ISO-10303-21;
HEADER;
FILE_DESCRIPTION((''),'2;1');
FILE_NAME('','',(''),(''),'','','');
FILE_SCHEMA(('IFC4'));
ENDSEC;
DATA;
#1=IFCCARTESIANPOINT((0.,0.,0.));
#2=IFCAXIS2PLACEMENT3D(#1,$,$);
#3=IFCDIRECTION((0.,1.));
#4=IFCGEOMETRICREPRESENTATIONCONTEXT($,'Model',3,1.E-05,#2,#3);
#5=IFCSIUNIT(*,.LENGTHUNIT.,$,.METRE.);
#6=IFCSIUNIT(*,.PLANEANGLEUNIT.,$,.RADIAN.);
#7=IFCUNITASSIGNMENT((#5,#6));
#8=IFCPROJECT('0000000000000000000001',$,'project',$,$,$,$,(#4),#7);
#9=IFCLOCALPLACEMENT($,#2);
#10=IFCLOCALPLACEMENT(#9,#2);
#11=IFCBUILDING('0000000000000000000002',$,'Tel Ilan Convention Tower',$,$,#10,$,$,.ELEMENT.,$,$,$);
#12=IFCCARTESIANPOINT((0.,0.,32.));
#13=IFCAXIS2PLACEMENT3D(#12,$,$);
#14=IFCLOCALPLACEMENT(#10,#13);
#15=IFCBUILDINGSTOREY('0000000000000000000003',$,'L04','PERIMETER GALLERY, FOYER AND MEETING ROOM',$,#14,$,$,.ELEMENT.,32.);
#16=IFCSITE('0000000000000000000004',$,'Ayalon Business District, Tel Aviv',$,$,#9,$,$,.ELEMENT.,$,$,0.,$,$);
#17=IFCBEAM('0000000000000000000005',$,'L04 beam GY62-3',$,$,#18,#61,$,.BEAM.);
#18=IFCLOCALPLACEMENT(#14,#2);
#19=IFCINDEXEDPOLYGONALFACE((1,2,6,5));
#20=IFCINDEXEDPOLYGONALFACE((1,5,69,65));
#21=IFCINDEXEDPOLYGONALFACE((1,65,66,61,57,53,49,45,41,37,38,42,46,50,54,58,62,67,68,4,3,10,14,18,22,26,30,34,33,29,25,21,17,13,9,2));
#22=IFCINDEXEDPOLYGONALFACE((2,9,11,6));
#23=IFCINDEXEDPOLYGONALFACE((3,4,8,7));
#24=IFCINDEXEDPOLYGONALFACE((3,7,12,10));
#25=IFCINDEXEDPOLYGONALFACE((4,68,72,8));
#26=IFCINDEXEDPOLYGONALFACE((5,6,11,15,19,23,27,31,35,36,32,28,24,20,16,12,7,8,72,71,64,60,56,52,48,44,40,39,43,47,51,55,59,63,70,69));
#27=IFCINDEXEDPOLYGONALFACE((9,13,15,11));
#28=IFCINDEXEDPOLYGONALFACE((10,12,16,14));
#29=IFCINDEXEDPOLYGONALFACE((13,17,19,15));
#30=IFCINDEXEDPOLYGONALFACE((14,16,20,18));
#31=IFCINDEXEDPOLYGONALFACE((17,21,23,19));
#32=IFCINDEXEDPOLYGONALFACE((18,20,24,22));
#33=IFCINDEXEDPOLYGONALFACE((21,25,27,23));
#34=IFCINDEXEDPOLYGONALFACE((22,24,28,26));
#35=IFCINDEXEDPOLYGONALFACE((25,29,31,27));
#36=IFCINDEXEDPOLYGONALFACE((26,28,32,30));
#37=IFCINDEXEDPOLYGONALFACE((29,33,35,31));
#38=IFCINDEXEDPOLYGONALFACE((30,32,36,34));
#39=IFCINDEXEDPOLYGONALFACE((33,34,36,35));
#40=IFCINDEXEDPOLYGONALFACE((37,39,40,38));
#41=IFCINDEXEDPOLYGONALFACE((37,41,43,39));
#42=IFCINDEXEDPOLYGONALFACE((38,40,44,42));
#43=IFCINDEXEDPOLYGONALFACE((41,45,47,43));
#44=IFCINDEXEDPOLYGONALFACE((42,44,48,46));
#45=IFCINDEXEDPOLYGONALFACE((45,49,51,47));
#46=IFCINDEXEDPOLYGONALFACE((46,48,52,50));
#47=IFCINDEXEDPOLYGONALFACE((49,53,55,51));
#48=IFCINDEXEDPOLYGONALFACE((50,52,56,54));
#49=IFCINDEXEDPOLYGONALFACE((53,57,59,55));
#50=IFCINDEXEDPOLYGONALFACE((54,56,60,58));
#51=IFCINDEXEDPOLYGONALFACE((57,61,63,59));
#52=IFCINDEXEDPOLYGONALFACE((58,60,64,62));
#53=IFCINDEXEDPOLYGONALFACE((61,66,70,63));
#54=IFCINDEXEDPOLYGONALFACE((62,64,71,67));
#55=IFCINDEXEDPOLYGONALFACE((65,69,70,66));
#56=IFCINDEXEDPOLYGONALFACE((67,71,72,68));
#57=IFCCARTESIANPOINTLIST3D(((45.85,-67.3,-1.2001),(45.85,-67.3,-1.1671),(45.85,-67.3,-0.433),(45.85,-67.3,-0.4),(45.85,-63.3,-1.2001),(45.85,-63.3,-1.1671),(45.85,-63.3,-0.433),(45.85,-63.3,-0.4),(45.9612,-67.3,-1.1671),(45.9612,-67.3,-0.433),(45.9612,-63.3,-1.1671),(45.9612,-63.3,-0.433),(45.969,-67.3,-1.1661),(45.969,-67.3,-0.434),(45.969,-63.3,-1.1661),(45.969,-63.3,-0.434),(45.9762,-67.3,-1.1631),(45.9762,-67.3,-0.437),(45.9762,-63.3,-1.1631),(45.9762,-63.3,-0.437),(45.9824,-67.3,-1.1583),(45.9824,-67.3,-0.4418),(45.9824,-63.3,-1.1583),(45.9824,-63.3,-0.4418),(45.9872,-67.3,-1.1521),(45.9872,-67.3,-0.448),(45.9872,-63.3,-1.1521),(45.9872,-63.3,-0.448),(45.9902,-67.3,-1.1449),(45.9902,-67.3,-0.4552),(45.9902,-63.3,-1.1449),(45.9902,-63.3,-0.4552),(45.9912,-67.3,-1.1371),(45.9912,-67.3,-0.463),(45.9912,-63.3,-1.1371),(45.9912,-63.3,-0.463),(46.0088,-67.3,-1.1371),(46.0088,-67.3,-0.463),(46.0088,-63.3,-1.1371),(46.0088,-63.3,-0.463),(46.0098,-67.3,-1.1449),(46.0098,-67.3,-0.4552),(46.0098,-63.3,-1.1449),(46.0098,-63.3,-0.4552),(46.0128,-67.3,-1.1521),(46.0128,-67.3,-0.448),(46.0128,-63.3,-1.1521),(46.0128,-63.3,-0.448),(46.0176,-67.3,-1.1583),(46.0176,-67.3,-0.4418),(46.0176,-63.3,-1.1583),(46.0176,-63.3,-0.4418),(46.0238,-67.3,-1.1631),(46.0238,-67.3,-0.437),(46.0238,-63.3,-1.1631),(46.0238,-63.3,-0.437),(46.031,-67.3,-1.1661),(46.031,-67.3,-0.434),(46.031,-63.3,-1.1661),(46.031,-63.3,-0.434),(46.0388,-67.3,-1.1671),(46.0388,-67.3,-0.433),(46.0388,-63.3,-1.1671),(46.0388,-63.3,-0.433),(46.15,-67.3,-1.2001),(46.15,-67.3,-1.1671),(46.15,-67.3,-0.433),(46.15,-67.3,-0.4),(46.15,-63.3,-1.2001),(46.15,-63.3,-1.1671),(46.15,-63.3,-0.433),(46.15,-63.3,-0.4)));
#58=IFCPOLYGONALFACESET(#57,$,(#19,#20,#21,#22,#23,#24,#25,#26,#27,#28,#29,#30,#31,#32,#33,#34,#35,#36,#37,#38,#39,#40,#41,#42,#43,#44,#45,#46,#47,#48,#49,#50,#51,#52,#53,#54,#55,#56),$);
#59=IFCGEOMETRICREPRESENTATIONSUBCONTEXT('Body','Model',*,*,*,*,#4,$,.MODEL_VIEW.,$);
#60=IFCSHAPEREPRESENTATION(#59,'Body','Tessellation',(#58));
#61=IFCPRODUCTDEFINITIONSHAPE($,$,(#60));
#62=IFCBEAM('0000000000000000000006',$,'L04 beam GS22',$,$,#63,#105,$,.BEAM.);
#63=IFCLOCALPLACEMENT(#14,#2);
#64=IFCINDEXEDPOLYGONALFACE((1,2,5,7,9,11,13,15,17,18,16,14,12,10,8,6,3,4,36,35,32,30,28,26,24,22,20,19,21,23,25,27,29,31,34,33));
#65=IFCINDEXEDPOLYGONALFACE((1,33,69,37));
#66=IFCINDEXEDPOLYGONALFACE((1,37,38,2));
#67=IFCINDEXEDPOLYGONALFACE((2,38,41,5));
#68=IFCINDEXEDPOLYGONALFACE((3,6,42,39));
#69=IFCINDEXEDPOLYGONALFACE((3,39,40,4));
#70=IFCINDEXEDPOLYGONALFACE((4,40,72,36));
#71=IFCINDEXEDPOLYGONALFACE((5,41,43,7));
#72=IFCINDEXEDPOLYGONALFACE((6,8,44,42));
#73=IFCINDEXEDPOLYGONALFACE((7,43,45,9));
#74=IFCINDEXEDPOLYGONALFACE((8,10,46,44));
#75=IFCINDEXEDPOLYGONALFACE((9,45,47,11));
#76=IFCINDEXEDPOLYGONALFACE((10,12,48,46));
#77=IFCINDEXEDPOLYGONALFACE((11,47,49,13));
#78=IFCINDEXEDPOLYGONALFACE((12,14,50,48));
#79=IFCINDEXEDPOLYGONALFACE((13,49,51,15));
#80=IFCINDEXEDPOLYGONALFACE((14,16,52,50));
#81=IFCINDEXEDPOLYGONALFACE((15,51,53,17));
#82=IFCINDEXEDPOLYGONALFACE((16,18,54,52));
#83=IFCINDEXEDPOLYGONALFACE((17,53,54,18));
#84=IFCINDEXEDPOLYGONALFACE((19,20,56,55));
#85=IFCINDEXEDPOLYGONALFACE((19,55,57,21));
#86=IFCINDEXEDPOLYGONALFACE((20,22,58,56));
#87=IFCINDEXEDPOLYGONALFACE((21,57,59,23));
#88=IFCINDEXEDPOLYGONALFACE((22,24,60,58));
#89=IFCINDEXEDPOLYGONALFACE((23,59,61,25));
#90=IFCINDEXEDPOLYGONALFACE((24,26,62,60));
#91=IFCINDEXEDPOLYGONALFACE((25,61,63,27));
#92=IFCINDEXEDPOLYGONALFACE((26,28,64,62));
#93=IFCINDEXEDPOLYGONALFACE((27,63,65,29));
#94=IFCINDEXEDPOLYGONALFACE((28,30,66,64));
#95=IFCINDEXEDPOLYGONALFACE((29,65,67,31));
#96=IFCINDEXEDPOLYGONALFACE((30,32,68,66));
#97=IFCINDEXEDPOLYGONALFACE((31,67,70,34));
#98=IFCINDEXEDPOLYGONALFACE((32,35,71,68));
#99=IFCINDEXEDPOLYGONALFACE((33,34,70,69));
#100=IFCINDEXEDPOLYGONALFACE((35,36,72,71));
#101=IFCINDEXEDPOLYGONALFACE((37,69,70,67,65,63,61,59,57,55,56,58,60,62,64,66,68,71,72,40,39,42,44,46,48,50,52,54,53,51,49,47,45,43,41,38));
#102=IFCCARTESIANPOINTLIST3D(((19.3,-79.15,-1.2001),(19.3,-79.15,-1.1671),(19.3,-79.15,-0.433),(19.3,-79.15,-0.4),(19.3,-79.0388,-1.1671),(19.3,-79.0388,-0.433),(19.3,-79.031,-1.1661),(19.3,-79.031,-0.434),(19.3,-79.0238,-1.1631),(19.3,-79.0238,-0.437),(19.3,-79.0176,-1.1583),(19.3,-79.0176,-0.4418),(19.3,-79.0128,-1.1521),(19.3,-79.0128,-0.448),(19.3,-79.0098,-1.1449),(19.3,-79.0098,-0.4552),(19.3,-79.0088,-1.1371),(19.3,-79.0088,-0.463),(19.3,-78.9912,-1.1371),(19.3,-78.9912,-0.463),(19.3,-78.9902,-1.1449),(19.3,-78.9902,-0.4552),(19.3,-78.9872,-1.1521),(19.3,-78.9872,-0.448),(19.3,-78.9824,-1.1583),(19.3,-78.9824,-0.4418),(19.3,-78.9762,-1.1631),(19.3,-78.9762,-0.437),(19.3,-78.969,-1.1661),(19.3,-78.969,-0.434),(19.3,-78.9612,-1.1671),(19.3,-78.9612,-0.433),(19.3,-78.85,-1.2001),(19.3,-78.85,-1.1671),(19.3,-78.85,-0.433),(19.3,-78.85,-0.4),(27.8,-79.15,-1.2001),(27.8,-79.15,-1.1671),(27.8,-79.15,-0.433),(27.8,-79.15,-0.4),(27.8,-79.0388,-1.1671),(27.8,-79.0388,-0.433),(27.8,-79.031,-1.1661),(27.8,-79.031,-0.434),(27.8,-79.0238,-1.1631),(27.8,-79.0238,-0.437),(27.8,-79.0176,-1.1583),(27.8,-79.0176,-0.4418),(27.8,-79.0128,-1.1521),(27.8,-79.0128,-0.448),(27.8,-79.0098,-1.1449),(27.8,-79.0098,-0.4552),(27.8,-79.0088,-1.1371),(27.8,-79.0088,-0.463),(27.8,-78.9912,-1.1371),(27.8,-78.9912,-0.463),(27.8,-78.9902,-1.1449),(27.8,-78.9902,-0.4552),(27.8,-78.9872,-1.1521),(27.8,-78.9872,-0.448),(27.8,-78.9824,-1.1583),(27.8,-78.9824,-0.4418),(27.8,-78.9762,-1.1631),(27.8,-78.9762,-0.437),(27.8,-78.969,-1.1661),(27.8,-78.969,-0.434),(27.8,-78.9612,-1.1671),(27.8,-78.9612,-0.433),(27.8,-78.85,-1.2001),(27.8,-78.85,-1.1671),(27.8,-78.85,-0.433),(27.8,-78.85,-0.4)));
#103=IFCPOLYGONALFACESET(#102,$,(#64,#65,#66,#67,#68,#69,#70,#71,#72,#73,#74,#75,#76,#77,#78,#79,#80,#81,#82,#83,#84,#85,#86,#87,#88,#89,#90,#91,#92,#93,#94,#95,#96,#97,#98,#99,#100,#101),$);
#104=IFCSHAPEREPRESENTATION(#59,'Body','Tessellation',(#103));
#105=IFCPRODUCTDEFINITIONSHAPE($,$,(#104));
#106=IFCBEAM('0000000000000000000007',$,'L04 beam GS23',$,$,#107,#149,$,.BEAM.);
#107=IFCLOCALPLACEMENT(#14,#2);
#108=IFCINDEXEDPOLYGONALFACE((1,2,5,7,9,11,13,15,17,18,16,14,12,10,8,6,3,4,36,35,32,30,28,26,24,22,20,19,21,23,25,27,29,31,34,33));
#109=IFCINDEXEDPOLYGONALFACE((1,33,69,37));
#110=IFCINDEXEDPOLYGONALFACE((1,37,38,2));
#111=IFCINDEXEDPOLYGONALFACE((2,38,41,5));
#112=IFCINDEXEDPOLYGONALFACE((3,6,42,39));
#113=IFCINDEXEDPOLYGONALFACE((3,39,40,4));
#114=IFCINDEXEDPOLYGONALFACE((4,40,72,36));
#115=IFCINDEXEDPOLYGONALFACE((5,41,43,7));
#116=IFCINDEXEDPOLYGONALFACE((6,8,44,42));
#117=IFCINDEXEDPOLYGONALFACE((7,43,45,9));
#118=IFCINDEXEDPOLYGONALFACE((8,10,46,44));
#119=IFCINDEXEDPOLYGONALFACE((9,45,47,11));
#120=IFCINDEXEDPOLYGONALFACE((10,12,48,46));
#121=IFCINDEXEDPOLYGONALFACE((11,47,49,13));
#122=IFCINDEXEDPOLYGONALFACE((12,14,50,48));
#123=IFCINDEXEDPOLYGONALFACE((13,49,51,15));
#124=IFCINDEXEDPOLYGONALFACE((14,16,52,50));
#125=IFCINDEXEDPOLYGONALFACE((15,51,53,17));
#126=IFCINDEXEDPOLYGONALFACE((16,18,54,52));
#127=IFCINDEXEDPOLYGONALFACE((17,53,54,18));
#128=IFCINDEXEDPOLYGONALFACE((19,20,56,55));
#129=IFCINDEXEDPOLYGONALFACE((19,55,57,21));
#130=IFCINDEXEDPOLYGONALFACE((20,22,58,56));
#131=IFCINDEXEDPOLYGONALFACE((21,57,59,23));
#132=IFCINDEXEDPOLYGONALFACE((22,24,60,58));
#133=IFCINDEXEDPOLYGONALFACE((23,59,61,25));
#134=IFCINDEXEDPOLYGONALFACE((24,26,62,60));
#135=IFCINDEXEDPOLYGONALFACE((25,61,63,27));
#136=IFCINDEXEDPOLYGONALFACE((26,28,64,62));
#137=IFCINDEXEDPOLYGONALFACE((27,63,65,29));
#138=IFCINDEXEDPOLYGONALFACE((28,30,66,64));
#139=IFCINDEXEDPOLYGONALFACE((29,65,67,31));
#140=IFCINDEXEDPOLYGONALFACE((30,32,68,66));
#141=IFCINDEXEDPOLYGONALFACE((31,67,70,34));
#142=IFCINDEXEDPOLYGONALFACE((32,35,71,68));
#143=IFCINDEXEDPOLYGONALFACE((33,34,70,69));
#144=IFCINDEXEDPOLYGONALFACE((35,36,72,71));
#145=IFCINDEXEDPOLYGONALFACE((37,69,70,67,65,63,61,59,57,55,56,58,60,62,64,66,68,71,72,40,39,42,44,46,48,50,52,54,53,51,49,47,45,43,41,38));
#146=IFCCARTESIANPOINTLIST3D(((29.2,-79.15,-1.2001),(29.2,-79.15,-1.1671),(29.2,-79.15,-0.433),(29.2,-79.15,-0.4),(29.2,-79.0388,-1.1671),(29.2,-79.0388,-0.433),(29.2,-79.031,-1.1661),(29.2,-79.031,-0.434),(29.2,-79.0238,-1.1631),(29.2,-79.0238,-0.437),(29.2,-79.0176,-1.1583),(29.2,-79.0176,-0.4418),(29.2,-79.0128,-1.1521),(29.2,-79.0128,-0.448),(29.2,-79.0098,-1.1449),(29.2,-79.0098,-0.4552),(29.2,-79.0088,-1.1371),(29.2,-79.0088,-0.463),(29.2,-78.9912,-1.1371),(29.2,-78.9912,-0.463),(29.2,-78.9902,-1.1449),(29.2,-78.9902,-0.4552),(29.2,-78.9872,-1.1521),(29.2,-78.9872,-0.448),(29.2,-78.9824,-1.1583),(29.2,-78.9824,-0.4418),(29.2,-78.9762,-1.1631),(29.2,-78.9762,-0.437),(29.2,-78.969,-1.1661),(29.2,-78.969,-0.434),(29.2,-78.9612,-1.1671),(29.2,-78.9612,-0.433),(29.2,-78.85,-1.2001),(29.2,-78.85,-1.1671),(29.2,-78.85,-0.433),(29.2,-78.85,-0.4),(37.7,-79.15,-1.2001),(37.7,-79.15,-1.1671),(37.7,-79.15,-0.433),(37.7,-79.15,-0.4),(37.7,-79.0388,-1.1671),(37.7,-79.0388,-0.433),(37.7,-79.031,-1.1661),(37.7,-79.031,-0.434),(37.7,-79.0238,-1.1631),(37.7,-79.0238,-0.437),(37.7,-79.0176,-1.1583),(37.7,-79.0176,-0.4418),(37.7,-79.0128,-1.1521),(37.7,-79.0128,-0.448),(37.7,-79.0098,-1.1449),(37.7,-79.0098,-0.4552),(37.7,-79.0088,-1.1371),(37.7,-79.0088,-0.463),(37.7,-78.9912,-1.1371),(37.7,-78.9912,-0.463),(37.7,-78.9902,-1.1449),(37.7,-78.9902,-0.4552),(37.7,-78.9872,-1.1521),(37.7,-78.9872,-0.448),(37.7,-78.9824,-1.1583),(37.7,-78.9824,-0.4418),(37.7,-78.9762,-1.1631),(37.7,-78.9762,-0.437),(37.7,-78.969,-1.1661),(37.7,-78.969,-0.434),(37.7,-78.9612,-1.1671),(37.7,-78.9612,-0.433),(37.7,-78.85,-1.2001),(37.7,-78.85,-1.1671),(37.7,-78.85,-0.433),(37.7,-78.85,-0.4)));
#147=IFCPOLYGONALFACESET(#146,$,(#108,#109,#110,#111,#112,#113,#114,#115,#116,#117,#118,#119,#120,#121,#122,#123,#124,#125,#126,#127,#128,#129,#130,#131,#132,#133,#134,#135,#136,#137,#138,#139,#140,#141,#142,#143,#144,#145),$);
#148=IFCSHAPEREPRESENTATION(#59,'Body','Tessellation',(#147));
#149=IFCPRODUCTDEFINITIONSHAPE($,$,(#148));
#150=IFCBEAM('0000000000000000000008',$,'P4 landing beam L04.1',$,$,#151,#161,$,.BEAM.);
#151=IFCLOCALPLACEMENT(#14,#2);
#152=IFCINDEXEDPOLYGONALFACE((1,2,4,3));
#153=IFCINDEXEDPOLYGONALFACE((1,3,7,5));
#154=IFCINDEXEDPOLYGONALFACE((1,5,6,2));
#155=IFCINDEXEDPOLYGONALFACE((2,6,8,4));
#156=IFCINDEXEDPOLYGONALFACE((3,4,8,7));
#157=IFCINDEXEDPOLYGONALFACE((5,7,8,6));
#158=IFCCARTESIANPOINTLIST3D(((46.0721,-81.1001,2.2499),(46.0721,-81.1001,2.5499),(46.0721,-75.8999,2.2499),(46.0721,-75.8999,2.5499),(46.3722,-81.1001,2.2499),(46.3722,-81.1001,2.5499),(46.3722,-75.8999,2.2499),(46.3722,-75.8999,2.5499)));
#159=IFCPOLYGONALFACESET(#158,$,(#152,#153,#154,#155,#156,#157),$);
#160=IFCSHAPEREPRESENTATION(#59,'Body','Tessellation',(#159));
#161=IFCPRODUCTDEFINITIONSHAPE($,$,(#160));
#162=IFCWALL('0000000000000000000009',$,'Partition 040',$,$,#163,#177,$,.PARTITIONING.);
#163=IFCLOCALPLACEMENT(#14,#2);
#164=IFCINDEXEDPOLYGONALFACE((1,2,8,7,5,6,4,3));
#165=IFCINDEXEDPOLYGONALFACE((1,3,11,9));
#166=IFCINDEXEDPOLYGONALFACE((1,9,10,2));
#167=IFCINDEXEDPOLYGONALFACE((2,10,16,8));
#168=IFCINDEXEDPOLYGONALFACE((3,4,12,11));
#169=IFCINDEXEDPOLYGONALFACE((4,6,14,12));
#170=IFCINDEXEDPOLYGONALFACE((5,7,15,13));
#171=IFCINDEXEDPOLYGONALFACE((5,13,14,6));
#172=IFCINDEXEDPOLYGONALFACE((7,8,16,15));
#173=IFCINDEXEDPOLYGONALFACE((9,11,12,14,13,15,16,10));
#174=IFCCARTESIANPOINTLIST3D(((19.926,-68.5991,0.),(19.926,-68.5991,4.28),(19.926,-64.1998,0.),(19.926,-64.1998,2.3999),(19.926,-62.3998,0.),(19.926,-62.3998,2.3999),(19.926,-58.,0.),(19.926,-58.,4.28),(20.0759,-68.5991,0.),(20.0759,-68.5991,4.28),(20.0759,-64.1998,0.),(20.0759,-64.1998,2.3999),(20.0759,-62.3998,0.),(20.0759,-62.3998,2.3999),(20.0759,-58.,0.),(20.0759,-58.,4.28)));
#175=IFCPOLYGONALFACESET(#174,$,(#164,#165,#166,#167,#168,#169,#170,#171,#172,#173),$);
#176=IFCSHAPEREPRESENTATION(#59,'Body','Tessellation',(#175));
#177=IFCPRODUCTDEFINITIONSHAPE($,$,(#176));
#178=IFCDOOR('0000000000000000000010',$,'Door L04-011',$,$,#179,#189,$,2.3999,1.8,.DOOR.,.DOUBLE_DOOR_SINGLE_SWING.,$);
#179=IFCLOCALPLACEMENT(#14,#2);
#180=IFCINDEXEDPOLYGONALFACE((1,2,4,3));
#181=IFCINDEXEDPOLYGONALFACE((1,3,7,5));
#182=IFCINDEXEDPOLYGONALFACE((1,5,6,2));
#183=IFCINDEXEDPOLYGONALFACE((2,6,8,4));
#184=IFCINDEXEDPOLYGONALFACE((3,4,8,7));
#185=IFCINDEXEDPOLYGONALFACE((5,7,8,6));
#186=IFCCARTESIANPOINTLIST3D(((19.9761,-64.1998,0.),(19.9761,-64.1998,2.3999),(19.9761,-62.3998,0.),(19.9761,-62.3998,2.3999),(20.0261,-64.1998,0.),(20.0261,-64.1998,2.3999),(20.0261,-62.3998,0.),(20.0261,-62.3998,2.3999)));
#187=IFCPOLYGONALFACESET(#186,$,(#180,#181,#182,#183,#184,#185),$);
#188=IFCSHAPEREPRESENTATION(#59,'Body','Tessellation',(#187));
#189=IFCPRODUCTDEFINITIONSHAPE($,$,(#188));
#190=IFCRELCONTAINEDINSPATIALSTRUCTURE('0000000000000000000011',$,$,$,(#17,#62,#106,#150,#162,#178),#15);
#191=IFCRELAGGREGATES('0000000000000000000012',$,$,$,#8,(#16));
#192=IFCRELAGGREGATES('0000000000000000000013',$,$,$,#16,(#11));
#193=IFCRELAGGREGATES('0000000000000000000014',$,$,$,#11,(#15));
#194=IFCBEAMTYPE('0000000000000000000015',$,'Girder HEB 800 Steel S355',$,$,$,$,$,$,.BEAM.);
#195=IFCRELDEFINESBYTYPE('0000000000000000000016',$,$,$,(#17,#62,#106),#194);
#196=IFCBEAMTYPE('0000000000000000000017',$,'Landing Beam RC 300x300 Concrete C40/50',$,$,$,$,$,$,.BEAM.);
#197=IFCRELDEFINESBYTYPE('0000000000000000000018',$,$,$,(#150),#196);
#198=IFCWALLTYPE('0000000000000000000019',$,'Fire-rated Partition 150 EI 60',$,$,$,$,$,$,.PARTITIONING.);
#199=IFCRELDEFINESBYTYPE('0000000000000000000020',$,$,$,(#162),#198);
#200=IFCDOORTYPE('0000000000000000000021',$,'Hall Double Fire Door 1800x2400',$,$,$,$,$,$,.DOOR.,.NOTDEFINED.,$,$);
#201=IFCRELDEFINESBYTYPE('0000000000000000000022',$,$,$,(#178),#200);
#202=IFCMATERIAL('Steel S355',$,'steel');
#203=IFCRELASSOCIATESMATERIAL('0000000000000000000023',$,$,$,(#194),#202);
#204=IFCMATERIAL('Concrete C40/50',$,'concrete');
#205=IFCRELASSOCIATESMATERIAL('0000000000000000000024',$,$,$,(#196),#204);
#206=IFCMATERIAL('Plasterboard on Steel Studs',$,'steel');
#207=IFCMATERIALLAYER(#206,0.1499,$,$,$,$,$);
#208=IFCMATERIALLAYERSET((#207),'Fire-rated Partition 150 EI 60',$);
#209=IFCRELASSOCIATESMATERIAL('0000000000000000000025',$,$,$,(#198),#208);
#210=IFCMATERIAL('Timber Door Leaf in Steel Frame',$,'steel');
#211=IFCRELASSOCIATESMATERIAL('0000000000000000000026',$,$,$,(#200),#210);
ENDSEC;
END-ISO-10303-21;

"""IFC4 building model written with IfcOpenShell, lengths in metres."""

from ifc_helpers import new_model, si_unit, direction, frame, frame_2d, origin, origin_2d, place, context, subcontext, project, spatial, rectangle, i_section, extrude, material, layer, layer_set, material_profile, profile_set, type_object, element, fill, save


model = new_model("IFC4")

# Units and contexts
model_context = context("Model", 3, precision=1e-05, world=origin(), true_north=direction((0.0, 1.0)))
body_context = subcontext(model_context, "Body", "Model", "MODEL_VIEW")
ifc_project = project(units=[si_unit("LENGTHUNIT", "METRE"), si_unit("PLANEANGLEUNIT", "RADIAN")], contexts=[model_context])

# Site, building, storey
site_placement = place(None, origin())
site = spatial("IfcSite", under=ifc_project, at=site_placement, Name="Ayalon Business District, Tel Aviv", CompositionType="ELEMENT", RefElevation=0.0)
building_placement = place(site_placement, origin())
building = spatial("IfcBuilding", under=site, at=building_placement, Name="Tel Ilan Convention Tower", CompositionType="ELEMENT")
storey_placement = place(building_placement, frame((0.0, 0.0, 32.0)))
storey = spatial("IfcBuildingStorey", under=building, at=storey_placement, Name="L04", Description="PERIMETER GALLERY, FOYER AND MEETING ROOM", CompositionType="ELEMENT", Elevation=32.0)

# Beams
ifc_material_1 = material(Name="Steel S355", Category="steel")
ifc_material_profile_1 = material_profile(ifc_material_1, i_section(OverallWidth=0.3, OverallDepth=0.8, WebThickness=0.0176, FlangeThickness=0.033, FilletRadius=0.03, at=origin_2d()), Name="HEB 800")
ifc_profile_set_1 = profile_set([ifc_material_profile_1], Name="Steel S355")
beam_type_1 = type_object("IfcBeamType", Name="Girder HEB 800 Steel S355", PredefinedType="BEAM", material=ifc_profile_set_1)
beam_1_placement = place(storey_placement, frame((46.0, -67.3, -0.8), z_axis=(0.0, 1.0, 0.0), x_axis=(-1.0, 0.0, 0.0)))
element("IfcBeam", 1, at=beam_1_placement, inside=storey, type_object=beam_type_1, Name="L04 beam GY62-3", PredefinedType="BEAM", context=body_context, shape_type="SweptSolid", body=[
    extrude(i_section(OverallWidth=0.3, OverallDepth=0.8, WebThickness=0.0176, FlangeThickness=0.033, FilletRadius=0.03, at=origin_2d()), origin(), (0.0, 0.0, 1.0), 4.0),
])
for number, where, z_axis, x_axis, name in (
    (2, (19.3, -79.0, -0.8), (1.0, 0.0, 0.0), (0.0, 1.0, 0.0), "L04 beam GS22"),
    (3, (29.2, -79.0, -0.8), (1.0, 0.0, 0.0), (0.0, 1.0, 0.0), "L04 beam GS23"),
):
    element("IfcBeam", number, at=place(storey_placement, frame(where, z_axis=z_axis, x_axis=x_axis)), inside=storey, type_object=beam_type_1, Name=name, PredefinedType="BEAM", context=body_context, shape_type="SweptSolid", body=[
        extrude(i_section(OverallWidth=0.3, OverallDepth=0.8, WebThickness=0.0176, FlangeThickness=0.033, FilletRadius=0.03, at=origin_2d()), origin(), (0.0, 0.0, 1.0), 8.5),
    ])
ifc_material_2 = material(Name="Concrete C40/50", Category="concrete")
ifc_material_profile_2 = material_profile(ifc_material_2, rectangle(XDim=0.3, YDim=0.3, at=origin_2d()), Name="RC 300x300")
ifc_profile_set_2 = profile_set([ifc_material_profile_2], Name="Concrete C40/50")
beam_type_2 = type_object("IfcBeamType", Name="Landing Beam RC 300x300 Concrete C40/50", PredefinedType="BEAM", material=ifc_profile_set_2)
beam_2_placement = place(storey_placement, frame((46.2222, -81.1001, 2.3999), z_axis=(0.0, 1.0, 0.0), x_axis=(-1.0, 0.0, 0.0)))
element("IfcBeam", 4, at=beam_2_placement, inside=storey, type_object=beam_type_2, Name="P4 landing beam L04.1", PredefinedType="BEAM", context=body_context, shape_type="SweptSolid", body=[
    extrude(rectangle(XDim=0.3, YDim=0.3, at=origin_2d()), origin(), (0.0, 0.0, 1.0), 5.2002),
])

# Wall, opening, door
ifc_material_3 = material(Name="Plasterboard on Steel Studs", Category="steel")
ifc_layer_1 = layer(ifc_material_3, 0.1499)
ifc_layer_set_1 = layer_set([ifc_layer_1], Name="Fire-rated Partition 150 EI 60")
wall_type_1 = type_object("IfcWallType", Name="Fire-rated Partition 150 EI 60", PredefinedType="PARTITIONING", material=ifc_layer_set_1)
wall_1_placement = place(storey_placement, frame((20.001, -68.5991, 0.0), z_axis=(0.0, 0.0, 1.0), x_axis=(0.0, 1.0, 0.0)))
wall_1 = element("IfcWall", 5, at=wall_1_placement, inside=storey, type_object=wall_type_1, Name="Partition 040", PredefinedType="PARTITIONING", context=body_context, shape_type="SweptSolid", body=[
    extrude(rectangle(XDim=10.5991, YDim=0.1499, at=frame_2d((5.2996, 0.0))), origin(), (0.0, 0.0, 1.0), 4.28),
])
opening_1_placement = place(wall_1_placement, frame((4.3994, 0.0, 0.0)))
opening_1 = element("IfcOpeningElement", 6, at=opening_1_placement, cuts=wall_1, PredefinedType="OPENING", context=body_context, shape_type="SweptSolid", body=[
    extrude(rectangle(XDim=1.8, YDim=2.3999, at=frame_2d((0.8999, 1.2))), frame((0.0, 0.085, 0.0), z_axis=(0.0, -1.0, 0.0), x_axis=(1.0, 0.0, 0.0)), (0.0, 0.0, 1.0), 0.1699),
])
ifc_material_4 = material(Name="Timber Door Leaf in Steel Frame", Category="steel")
door_type_1 = type_object("IfcDoorType", Name="Hall Double Fire Door 1800x2400", OperationType="NOTDEFINED", PredefinedType="DOOR", material=ifc_material_4)
door_1_placement = place(opening_1_placement, origin())
door_1 = element("IfcDoor", 7, at=door_1_placement, inside=storey, type_object=door_type_1, Name="Door L04-011", OperationType="DOUBLE_DOOR_SINGLE_SWING", OverallHeight=2.3999, OverallWidth=1.8, PredefinedType="DOOR", context=body_context, shape_type="SweptSolid", body=[
    extrude(rectangle(XDim=1.8, YDim=2.3999, at=frame_2d((0.8999, 1.2))), frame((0.0, 0.0249, 0.0), z_axis=(0.0, -1.0, 0.0), x_axis=(1.0, 0.0, 0.0)), (0.0, 0.0, 1.0), 0.05),
])
fill(opening_1, door_1)

save(model, "model.ifc")
